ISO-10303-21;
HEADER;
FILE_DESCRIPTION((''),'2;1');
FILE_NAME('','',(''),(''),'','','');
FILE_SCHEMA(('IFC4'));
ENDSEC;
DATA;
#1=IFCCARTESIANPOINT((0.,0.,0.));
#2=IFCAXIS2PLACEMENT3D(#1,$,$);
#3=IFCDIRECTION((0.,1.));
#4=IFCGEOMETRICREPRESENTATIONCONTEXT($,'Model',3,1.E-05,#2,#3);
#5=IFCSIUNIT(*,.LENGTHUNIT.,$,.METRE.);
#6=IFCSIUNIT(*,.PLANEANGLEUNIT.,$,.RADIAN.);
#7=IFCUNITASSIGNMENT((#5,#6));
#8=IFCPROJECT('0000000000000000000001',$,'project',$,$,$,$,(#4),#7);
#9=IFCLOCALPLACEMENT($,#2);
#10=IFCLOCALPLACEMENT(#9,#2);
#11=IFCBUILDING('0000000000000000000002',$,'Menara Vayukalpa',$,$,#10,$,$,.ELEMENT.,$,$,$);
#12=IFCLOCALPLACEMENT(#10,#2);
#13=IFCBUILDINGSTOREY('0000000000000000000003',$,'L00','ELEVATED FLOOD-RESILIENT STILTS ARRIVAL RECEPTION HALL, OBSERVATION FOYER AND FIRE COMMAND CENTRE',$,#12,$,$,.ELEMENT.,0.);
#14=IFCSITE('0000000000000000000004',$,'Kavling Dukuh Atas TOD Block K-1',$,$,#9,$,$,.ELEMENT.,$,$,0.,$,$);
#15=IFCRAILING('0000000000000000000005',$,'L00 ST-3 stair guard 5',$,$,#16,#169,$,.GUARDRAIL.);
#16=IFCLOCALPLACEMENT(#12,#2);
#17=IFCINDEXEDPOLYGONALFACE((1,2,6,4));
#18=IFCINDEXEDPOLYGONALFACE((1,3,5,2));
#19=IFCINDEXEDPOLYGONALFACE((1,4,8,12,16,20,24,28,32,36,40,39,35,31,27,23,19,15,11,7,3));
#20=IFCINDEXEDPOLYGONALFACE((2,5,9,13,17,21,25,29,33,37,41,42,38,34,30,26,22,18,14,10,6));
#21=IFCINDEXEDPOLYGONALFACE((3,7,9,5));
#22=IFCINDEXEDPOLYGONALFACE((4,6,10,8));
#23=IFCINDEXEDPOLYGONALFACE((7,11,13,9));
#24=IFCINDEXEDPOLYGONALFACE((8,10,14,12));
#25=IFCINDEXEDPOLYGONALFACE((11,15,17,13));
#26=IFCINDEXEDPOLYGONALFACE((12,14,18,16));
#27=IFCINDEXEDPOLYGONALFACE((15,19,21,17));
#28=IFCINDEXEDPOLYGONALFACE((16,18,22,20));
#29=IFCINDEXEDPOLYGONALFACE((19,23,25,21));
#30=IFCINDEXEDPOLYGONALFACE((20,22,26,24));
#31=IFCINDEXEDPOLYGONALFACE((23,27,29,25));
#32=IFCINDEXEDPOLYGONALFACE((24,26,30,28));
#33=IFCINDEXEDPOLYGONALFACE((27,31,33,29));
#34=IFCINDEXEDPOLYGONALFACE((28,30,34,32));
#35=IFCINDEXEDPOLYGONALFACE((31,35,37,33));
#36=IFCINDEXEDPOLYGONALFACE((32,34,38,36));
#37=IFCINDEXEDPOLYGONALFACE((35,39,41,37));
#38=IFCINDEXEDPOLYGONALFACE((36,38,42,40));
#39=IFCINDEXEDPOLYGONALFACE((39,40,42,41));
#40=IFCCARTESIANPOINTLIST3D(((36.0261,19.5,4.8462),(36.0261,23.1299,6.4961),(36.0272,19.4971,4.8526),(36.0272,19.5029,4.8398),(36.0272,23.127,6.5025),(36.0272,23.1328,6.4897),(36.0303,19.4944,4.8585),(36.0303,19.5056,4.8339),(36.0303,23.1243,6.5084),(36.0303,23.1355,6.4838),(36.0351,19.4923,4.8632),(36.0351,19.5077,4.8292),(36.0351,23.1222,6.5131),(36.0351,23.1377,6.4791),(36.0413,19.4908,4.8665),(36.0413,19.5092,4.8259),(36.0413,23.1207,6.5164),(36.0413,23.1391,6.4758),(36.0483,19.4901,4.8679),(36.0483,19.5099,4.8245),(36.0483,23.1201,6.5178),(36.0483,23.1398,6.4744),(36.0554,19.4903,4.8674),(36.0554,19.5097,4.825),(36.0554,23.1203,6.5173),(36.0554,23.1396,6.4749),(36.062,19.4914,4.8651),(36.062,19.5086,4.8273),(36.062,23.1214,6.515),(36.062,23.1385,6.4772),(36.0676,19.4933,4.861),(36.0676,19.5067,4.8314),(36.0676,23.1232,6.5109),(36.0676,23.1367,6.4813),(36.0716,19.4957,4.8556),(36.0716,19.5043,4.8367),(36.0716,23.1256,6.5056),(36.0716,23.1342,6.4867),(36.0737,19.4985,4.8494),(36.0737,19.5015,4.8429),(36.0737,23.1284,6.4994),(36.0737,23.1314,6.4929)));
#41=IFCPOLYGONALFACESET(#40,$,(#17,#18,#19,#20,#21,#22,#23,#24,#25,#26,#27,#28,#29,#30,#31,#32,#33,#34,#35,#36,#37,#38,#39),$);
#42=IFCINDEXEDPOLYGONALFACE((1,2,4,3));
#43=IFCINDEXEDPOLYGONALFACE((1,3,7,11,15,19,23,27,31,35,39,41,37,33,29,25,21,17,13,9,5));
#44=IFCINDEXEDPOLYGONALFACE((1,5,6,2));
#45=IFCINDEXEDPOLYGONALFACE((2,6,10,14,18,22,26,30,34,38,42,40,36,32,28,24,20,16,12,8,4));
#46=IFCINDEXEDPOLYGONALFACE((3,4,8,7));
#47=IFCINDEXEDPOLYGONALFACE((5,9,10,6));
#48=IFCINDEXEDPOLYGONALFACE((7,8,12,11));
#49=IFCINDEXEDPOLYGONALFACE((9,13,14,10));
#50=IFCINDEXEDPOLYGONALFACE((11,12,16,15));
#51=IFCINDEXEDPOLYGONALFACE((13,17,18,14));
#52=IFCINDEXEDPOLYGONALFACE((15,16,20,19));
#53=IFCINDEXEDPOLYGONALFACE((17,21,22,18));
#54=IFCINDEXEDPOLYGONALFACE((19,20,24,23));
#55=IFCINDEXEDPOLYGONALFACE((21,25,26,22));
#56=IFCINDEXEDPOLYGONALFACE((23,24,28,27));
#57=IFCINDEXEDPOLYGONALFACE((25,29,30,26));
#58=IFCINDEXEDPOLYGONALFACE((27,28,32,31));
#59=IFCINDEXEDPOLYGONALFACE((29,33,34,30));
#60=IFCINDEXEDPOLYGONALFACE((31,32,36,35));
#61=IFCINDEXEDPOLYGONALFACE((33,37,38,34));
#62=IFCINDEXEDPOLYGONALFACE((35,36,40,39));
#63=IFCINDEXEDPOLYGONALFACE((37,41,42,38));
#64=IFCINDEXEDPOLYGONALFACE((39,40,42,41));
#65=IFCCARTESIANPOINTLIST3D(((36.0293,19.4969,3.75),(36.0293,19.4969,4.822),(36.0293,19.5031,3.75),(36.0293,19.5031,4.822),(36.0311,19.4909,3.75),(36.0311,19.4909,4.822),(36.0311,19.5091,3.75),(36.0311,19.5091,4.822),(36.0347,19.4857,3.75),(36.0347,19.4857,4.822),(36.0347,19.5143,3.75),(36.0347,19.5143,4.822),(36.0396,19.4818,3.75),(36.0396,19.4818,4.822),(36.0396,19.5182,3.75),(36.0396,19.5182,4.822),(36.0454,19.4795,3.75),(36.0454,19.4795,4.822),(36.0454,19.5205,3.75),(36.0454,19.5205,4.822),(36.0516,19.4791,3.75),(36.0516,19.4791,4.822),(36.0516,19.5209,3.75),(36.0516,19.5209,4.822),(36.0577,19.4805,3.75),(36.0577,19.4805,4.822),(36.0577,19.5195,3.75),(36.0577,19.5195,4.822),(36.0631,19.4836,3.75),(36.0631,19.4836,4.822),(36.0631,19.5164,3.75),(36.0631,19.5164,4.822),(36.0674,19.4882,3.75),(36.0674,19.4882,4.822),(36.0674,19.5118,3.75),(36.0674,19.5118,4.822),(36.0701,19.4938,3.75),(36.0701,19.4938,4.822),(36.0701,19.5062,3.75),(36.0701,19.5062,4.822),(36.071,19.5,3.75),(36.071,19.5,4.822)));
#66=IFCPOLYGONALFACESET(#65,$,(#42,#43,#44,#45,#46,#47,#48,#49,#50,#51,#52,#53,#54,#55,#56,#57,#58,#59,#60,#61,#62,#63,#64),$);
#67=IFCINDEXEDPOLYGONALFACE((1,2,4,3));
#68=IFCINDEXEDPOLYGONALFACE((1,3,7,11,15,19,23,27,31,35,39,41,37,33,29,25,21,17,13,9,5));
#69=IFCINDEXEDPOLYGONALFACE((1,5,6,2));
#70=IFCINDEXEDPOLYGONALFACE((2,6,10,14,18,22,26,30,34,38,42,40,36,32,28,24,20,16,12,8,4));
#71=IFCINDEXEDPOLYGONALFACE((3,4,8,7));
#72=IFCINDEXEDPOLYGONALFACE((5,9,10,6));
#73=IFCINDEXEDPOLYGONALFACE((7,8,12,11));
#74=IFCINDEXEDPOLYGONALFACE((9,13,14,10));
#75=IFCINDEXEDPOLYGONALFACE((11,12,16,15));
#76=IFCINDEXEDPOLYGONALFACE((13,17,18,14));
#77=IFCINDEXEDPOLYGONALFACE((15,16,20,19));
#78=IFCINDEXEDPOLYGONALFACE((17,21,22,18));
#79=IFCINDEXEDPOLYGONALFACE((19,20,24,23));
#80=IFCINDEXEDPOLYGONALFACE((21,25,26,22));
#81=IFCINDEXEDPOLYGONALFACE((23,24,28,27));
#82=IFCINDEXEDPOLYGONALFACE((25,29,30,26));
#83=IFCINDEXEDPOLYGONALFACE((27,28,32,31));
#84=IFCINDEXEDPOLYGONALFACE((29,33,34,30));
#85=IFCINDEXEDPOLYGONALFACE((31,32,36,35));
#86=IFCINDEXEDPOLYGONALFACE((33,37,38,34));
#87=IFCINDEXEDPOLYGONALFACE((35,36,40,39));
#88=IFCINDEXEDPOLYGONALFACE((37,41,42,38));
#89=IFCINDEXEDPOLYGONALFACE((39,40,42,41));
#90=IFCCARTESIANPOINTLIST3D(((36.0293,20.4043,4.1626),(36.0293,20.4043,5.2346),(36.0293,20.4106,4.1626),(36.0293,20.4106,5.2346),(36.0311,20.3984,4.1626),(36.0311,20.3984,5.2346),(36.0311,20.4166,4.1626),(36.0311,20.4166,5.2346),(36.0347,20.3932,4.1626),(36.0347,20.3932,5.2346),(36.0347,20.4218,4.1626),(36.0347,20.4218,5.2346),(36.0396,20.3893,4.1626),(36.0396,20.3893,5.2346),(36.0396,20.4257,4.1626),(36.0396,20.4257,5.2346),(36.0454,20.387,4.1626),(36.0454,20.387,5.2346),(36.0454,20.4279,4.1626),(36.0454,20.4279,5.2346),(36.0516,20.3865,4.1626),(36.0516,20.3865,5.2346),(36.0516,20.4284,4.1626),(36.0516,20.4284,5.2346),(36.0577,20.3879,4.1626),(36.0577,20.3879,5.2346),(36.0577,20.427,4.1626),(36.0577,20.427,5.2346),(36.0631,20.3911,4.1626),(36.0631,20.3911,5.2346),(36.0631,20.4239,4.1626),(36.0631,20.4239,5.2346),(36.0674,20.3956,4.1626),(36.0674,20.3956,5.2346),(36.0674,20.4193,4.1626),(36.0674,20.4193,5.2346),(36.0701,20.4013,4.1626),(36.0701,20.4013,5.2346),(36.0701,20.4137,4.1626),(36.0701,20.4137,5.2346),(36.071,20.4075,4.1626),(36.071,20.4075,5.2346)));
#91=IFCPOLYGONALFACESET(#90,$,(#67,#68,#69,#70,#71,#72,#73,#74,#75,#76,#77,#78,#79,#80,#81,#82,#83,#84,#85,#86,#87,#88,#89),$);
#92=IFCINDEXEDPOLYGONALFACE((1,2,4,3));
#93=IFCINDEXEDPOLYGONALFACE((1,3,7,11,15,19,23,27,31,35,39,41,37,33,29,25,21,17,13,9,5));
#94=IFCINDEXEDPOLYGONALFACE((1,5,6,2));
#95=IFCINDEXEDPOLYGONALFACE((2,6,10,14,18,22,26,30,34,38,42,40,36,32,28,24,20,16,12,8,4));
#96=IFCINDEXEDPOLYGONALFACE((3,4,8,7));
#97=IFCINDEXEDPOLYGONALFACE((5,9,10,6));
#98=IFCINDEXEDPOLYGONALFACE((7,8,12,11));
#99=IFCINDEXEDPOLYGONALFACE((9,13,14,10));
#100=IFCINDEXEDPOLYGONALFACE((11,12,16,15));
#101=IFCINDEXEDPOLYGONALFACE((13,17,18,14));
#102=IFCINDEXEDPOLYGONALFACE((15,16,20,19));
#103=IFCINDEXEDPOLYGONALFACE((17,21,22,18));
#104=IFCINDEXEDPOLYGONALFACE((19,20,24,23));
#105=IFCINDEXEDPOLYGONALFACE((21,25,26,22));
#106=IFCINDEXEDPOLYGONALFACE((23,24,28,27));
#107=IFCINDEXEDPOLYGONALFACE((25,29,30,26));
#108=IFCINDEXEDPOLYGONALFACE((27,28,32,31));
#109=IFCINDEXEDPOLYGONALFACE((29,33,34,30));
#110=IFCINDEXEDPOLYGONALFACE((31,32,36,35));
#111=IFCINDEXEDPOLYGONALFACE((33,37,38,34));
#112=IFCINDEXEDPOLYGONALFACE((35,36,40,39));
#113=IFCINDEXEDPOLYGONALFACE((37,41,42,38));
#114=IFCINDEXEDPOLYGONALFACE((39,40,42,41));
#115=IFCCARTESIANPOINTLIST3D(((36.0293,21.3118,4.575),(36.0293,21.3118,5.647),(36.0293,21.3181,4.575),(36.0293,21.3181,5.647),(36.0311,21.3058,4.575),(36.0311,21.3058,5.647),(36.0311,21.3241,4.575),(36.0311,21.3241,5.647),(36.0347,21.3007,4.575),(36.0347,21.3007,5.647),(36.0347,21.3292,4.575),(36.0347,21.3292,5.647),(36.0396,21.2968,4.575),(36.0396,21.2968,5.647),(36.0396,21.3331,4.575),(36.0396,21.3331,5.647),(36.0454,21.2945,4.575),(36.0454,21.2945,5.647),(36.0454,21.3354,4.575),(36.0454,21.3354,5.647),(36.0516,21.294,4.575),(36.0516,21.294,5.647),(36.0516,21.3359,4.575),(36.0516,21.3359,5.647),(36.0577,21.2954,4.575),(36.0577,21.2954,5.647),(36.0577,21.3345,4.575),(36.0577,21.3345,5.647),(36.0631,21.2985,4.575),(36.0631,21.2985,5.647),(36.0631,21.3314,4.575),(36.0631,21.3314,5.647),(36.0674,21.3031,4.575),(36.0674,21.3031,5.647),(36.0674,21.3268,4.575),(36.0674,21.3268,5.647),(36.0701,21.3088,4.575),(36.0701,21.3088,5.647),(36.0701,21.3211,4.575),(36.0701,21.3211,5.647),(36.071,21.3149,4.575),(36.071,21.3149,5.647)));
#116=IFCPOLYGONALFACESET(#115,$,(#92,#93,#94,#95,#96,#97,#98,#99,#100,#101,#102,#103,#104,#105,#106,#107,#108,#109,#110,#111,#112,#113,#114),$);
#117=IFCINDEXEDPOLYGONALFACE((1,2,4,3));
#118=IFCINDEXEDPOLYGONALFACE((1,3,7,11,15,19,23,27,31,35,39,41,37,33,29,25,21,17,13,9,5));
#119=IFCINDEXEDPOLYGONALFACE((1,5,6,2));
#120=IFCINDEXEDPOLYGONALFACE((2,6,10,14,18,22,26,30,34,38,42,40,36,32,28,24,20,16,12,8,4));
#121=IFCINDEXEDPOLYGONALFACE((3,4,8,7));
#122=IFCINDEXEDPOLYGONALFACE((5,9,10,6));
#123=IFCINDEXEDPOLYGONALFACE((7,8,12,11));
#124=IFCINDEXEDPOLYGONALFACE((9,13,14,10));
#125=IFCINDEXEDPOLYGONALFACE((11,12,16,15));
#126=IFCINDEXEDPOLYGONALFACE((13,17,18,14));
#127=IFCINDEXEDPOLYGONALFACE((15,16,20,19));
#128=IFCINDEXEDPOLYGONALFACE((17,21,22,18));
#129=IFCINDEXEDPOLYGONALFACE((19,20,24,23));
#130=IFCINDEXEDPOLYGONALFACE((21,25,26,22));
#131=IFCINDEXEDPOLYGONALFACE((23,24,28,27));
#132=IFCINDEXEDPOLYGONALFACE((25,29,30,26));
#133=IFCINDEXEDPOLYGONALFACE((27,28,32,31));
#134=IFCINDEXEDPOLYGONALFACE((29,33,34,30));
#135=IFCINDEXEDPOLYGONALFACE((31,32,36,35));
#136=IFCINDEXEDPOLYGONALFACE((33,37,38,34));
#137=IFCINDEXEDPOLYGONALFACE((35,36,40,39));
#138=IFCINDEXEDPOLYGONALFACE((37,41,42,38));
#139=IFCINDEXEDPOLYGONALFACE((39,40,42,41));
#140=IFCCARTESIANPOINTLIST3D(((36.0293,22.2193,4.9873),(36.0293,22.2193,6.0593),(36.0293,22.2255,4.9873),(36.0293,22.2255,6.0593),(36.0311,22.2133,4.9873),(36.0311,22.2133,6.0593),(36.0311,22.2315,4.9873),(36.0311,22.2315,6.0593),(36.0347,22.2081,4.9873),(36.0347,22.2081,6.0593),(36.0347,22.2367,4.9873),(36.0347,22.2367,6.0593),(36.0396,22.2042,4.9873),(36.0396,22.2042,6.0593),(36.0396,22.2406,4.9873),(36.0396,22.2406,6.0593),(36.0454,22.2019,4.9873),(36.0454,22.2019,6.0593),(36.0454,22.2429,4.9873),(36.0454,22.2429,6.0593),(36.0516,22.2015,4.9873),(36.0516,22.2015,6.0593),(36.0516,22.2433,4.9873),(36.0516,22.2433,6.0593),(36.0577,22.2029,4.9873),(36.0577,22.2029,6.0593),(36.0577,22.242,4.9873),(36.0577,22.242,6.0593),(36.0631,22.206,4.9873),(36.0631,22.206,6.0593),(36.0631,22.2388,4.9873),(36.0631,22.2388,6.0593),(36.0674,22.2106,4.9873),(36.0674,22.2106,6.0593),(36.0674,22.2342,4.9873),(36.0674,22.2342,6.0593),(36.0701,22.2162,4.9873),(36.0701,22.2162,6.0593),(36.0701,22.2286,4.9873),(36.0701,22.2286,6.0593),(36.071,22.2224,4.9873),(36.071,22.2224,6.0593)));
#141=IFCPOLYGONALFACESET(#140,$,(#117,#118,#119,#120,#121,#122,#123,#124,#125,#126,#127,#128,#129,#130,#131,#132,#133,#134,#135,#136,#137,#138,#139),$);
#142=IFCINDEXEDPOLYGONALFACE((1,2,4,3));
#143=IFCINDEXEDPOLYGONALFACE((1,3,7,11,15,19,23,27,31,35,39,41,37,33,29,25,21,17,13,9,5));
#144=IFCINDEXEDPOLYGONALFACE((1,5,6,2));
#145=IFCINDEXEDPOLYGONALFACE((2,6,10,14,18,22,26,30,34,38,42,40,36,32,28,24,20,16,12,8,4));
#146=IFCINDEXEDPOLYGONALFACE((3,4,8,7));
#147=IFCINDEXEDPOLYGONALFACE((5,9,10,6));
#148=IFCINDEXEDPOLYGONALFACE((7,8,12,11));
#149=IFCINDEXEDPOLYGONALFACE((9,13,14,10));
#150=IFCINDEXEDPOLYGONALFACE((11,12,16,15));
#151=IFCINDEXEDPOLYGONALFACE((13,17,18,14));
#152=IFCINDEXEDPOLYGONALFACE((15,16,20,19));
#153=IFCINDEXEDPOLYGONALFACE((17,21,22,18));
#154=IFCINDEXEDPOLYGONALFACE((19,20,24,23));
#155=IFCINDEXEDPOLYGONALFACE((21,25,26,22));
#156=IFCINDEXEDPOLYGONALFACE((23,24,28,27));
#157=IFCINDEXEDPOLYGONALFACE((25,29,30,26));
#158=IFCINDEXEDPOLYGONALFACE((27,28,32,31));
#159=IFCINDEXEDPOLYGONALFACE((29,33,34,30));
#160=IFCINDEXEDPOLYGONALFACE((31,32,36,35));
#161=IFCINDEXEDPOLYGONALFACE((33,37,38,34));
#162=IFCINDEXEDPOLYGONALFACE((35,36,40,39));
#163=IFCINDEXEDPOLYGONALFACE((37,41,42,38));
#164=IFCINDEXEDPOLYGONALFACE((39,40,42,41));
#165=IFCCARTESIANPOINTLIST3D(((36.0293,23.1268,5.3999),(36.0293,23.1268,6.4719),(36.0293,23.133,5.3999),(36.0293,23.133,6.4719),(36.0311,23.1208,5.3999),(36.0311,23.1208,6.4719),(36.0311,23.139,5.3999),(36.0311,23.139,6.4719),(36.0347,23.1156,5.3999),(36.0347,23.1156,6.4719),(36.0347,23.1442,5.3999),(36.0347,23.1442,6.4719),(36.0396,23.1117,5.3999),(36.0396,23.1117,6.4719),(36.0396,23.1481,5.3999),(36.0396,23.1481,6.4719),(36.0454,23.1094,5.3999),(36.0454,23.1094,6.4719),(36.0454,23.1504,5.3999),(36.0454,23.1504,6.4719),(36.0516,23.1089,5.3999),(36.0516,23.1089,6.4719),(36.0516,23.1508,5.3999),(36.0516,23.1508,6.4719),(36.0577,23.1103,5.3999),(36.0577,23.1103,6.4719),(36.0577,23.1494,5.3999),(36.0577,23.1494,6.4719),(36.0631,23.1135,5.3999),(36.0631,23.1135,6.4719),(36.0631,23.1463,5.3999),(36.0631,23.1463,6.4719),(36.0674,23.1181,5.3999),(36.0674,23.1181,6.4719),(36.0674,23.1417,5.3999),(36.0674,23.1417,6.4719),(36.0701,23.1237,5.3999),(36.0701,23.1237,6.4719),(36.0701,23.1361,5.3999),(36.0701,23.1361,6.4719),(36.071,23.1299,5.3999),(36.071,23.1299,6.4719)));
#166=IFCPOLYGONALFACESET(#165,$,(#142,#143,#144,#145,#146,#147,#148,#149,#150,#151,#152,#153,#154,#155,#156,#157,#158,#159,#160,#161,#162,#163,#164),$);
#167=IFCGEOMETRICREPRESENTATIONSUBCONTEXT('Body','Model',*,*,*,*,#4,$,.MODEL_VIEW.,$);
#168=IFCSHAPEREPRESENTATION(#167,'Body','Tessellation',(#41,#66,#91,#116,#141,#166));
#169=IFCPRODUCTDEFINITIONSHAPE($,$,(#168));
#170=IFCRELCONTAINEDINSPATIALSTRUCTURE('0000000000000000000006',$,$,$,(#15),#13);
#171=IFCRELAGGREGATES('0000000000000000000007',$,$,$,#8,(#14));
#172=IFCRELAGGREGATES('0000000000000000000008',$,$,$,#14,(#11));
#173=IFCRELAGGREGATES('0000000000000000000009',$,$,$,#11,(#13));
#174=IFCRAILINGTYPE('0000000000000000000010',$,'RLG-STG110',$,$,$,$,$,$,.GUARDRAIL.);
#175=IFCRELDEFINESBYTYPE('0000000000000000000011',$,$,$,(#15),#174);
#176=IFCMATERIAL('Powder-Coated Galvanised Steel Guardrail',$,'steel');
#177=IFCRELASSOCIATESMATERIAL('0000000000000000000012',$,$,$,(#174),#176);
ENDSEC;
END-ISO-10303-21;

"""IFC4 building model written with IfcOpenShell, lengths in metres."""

from ifc_helpers import new_model, si_unit, direction, frame, origin, origin_2d, place, context, subcontext, project, spatial, circle, extrude, material, type_object, element, save


model = new_model("IFC4")

# Units and contexts
model_context = context("Model", 3, precision=1e-05, world=origin(), true_north=direction((0.0, 1.0)))
body_context = subcontext(model_context, "Body", "Model", "MODEL_VIEW")
ifc_project = project(units=[si_unit("LENGTHUNIT", "METRE"), si_unit("PLANEANGLEUNIT", "RADIAN")], contexts=[model_context])

# Site, building, storey
site_placement = place(None, origin())
site = spatial("IfcSite", under=ifc_project, at=site_placement, Name="Kavling Dukuh Atas TOD Block K-1", CompositionType="ELEMENT", RefElevation=0.0)
building_placement = place(site_placement, origin())
building = spatial("IfcBuilding", under=site, at=building_placement, Name="Menara Vayukalpa", CompositionType="ELEMENT")
storey_placement = place(building_placement, origin())
storey = spatial("IfcBuildingStorey", under=building, at=storey_placement, Name="L00", Description="ELEVATED FLOOD-RESILIENT STILTS ARRIVAL RECEPTION HALL, OBSERVATION FOYER AND FIRE COMMAND CENTRE", CompositionType="ELEMENT", Elevation=0.0)

# Railing
ifc_material_1 = material(Name="Powder-Coated Galvanised Steel Guardrail", Category="steel")
railing_type_1 = type_object("IfcRailingType", Name="RLG-STG110", PredefinedType="GUARDRAIL", material=ifc_material_1)
railing_1_placement = place(storey_placement, frame((36.05, 19.5, 3.75)))
element("IfcRailing", 1, at=railing_1_placement, inside=storey, type_object=railing_type_1, Name="L00 ST-3 stair guard 5", PredefinedType="GUARDRAIL", context=body_context, shape_type="SweptSolid", body=[
    extrude(circle(Radius=0.0239, at=origin_2d()), frame((0.0, 0.0, 1.0962), z_axis=(0.0, 0.910371, 0.413794), x_axis=(-1.0, 0.0, 0.0)), (0.0, 0.0, 1.0), 3.9873),
    extrude(circle(Radius=0.021, at=origin_2d()), origin(), (0.0, 0.0, 1.0), 1.072),
    extrude(circle(Radius=0.021, at=origin_2d()), frame((0.0, 0.9075, 0.4126)), (0.0, 0.0, 1.0), 1.072),
    extrude(circle(Radius=0.021, at=origin_2d()), frame((0.0, 1.8149, 0.825)), (0.0, 0.0, 1.0), 1.072),
    extrude(circle(Radius=0.021, at=origin_2d()), frame((0.0, 2.7224, 1.2373)), (0.0, 0.0, 1.0), 1.072),
    extrude(circle(Radius=0.021, at=origin_2d()), frame((0.0, 3.6299, 1.6499)), (0.0, 0.0, 1.0), 1.072),
])

save(model, "model.ifc")
